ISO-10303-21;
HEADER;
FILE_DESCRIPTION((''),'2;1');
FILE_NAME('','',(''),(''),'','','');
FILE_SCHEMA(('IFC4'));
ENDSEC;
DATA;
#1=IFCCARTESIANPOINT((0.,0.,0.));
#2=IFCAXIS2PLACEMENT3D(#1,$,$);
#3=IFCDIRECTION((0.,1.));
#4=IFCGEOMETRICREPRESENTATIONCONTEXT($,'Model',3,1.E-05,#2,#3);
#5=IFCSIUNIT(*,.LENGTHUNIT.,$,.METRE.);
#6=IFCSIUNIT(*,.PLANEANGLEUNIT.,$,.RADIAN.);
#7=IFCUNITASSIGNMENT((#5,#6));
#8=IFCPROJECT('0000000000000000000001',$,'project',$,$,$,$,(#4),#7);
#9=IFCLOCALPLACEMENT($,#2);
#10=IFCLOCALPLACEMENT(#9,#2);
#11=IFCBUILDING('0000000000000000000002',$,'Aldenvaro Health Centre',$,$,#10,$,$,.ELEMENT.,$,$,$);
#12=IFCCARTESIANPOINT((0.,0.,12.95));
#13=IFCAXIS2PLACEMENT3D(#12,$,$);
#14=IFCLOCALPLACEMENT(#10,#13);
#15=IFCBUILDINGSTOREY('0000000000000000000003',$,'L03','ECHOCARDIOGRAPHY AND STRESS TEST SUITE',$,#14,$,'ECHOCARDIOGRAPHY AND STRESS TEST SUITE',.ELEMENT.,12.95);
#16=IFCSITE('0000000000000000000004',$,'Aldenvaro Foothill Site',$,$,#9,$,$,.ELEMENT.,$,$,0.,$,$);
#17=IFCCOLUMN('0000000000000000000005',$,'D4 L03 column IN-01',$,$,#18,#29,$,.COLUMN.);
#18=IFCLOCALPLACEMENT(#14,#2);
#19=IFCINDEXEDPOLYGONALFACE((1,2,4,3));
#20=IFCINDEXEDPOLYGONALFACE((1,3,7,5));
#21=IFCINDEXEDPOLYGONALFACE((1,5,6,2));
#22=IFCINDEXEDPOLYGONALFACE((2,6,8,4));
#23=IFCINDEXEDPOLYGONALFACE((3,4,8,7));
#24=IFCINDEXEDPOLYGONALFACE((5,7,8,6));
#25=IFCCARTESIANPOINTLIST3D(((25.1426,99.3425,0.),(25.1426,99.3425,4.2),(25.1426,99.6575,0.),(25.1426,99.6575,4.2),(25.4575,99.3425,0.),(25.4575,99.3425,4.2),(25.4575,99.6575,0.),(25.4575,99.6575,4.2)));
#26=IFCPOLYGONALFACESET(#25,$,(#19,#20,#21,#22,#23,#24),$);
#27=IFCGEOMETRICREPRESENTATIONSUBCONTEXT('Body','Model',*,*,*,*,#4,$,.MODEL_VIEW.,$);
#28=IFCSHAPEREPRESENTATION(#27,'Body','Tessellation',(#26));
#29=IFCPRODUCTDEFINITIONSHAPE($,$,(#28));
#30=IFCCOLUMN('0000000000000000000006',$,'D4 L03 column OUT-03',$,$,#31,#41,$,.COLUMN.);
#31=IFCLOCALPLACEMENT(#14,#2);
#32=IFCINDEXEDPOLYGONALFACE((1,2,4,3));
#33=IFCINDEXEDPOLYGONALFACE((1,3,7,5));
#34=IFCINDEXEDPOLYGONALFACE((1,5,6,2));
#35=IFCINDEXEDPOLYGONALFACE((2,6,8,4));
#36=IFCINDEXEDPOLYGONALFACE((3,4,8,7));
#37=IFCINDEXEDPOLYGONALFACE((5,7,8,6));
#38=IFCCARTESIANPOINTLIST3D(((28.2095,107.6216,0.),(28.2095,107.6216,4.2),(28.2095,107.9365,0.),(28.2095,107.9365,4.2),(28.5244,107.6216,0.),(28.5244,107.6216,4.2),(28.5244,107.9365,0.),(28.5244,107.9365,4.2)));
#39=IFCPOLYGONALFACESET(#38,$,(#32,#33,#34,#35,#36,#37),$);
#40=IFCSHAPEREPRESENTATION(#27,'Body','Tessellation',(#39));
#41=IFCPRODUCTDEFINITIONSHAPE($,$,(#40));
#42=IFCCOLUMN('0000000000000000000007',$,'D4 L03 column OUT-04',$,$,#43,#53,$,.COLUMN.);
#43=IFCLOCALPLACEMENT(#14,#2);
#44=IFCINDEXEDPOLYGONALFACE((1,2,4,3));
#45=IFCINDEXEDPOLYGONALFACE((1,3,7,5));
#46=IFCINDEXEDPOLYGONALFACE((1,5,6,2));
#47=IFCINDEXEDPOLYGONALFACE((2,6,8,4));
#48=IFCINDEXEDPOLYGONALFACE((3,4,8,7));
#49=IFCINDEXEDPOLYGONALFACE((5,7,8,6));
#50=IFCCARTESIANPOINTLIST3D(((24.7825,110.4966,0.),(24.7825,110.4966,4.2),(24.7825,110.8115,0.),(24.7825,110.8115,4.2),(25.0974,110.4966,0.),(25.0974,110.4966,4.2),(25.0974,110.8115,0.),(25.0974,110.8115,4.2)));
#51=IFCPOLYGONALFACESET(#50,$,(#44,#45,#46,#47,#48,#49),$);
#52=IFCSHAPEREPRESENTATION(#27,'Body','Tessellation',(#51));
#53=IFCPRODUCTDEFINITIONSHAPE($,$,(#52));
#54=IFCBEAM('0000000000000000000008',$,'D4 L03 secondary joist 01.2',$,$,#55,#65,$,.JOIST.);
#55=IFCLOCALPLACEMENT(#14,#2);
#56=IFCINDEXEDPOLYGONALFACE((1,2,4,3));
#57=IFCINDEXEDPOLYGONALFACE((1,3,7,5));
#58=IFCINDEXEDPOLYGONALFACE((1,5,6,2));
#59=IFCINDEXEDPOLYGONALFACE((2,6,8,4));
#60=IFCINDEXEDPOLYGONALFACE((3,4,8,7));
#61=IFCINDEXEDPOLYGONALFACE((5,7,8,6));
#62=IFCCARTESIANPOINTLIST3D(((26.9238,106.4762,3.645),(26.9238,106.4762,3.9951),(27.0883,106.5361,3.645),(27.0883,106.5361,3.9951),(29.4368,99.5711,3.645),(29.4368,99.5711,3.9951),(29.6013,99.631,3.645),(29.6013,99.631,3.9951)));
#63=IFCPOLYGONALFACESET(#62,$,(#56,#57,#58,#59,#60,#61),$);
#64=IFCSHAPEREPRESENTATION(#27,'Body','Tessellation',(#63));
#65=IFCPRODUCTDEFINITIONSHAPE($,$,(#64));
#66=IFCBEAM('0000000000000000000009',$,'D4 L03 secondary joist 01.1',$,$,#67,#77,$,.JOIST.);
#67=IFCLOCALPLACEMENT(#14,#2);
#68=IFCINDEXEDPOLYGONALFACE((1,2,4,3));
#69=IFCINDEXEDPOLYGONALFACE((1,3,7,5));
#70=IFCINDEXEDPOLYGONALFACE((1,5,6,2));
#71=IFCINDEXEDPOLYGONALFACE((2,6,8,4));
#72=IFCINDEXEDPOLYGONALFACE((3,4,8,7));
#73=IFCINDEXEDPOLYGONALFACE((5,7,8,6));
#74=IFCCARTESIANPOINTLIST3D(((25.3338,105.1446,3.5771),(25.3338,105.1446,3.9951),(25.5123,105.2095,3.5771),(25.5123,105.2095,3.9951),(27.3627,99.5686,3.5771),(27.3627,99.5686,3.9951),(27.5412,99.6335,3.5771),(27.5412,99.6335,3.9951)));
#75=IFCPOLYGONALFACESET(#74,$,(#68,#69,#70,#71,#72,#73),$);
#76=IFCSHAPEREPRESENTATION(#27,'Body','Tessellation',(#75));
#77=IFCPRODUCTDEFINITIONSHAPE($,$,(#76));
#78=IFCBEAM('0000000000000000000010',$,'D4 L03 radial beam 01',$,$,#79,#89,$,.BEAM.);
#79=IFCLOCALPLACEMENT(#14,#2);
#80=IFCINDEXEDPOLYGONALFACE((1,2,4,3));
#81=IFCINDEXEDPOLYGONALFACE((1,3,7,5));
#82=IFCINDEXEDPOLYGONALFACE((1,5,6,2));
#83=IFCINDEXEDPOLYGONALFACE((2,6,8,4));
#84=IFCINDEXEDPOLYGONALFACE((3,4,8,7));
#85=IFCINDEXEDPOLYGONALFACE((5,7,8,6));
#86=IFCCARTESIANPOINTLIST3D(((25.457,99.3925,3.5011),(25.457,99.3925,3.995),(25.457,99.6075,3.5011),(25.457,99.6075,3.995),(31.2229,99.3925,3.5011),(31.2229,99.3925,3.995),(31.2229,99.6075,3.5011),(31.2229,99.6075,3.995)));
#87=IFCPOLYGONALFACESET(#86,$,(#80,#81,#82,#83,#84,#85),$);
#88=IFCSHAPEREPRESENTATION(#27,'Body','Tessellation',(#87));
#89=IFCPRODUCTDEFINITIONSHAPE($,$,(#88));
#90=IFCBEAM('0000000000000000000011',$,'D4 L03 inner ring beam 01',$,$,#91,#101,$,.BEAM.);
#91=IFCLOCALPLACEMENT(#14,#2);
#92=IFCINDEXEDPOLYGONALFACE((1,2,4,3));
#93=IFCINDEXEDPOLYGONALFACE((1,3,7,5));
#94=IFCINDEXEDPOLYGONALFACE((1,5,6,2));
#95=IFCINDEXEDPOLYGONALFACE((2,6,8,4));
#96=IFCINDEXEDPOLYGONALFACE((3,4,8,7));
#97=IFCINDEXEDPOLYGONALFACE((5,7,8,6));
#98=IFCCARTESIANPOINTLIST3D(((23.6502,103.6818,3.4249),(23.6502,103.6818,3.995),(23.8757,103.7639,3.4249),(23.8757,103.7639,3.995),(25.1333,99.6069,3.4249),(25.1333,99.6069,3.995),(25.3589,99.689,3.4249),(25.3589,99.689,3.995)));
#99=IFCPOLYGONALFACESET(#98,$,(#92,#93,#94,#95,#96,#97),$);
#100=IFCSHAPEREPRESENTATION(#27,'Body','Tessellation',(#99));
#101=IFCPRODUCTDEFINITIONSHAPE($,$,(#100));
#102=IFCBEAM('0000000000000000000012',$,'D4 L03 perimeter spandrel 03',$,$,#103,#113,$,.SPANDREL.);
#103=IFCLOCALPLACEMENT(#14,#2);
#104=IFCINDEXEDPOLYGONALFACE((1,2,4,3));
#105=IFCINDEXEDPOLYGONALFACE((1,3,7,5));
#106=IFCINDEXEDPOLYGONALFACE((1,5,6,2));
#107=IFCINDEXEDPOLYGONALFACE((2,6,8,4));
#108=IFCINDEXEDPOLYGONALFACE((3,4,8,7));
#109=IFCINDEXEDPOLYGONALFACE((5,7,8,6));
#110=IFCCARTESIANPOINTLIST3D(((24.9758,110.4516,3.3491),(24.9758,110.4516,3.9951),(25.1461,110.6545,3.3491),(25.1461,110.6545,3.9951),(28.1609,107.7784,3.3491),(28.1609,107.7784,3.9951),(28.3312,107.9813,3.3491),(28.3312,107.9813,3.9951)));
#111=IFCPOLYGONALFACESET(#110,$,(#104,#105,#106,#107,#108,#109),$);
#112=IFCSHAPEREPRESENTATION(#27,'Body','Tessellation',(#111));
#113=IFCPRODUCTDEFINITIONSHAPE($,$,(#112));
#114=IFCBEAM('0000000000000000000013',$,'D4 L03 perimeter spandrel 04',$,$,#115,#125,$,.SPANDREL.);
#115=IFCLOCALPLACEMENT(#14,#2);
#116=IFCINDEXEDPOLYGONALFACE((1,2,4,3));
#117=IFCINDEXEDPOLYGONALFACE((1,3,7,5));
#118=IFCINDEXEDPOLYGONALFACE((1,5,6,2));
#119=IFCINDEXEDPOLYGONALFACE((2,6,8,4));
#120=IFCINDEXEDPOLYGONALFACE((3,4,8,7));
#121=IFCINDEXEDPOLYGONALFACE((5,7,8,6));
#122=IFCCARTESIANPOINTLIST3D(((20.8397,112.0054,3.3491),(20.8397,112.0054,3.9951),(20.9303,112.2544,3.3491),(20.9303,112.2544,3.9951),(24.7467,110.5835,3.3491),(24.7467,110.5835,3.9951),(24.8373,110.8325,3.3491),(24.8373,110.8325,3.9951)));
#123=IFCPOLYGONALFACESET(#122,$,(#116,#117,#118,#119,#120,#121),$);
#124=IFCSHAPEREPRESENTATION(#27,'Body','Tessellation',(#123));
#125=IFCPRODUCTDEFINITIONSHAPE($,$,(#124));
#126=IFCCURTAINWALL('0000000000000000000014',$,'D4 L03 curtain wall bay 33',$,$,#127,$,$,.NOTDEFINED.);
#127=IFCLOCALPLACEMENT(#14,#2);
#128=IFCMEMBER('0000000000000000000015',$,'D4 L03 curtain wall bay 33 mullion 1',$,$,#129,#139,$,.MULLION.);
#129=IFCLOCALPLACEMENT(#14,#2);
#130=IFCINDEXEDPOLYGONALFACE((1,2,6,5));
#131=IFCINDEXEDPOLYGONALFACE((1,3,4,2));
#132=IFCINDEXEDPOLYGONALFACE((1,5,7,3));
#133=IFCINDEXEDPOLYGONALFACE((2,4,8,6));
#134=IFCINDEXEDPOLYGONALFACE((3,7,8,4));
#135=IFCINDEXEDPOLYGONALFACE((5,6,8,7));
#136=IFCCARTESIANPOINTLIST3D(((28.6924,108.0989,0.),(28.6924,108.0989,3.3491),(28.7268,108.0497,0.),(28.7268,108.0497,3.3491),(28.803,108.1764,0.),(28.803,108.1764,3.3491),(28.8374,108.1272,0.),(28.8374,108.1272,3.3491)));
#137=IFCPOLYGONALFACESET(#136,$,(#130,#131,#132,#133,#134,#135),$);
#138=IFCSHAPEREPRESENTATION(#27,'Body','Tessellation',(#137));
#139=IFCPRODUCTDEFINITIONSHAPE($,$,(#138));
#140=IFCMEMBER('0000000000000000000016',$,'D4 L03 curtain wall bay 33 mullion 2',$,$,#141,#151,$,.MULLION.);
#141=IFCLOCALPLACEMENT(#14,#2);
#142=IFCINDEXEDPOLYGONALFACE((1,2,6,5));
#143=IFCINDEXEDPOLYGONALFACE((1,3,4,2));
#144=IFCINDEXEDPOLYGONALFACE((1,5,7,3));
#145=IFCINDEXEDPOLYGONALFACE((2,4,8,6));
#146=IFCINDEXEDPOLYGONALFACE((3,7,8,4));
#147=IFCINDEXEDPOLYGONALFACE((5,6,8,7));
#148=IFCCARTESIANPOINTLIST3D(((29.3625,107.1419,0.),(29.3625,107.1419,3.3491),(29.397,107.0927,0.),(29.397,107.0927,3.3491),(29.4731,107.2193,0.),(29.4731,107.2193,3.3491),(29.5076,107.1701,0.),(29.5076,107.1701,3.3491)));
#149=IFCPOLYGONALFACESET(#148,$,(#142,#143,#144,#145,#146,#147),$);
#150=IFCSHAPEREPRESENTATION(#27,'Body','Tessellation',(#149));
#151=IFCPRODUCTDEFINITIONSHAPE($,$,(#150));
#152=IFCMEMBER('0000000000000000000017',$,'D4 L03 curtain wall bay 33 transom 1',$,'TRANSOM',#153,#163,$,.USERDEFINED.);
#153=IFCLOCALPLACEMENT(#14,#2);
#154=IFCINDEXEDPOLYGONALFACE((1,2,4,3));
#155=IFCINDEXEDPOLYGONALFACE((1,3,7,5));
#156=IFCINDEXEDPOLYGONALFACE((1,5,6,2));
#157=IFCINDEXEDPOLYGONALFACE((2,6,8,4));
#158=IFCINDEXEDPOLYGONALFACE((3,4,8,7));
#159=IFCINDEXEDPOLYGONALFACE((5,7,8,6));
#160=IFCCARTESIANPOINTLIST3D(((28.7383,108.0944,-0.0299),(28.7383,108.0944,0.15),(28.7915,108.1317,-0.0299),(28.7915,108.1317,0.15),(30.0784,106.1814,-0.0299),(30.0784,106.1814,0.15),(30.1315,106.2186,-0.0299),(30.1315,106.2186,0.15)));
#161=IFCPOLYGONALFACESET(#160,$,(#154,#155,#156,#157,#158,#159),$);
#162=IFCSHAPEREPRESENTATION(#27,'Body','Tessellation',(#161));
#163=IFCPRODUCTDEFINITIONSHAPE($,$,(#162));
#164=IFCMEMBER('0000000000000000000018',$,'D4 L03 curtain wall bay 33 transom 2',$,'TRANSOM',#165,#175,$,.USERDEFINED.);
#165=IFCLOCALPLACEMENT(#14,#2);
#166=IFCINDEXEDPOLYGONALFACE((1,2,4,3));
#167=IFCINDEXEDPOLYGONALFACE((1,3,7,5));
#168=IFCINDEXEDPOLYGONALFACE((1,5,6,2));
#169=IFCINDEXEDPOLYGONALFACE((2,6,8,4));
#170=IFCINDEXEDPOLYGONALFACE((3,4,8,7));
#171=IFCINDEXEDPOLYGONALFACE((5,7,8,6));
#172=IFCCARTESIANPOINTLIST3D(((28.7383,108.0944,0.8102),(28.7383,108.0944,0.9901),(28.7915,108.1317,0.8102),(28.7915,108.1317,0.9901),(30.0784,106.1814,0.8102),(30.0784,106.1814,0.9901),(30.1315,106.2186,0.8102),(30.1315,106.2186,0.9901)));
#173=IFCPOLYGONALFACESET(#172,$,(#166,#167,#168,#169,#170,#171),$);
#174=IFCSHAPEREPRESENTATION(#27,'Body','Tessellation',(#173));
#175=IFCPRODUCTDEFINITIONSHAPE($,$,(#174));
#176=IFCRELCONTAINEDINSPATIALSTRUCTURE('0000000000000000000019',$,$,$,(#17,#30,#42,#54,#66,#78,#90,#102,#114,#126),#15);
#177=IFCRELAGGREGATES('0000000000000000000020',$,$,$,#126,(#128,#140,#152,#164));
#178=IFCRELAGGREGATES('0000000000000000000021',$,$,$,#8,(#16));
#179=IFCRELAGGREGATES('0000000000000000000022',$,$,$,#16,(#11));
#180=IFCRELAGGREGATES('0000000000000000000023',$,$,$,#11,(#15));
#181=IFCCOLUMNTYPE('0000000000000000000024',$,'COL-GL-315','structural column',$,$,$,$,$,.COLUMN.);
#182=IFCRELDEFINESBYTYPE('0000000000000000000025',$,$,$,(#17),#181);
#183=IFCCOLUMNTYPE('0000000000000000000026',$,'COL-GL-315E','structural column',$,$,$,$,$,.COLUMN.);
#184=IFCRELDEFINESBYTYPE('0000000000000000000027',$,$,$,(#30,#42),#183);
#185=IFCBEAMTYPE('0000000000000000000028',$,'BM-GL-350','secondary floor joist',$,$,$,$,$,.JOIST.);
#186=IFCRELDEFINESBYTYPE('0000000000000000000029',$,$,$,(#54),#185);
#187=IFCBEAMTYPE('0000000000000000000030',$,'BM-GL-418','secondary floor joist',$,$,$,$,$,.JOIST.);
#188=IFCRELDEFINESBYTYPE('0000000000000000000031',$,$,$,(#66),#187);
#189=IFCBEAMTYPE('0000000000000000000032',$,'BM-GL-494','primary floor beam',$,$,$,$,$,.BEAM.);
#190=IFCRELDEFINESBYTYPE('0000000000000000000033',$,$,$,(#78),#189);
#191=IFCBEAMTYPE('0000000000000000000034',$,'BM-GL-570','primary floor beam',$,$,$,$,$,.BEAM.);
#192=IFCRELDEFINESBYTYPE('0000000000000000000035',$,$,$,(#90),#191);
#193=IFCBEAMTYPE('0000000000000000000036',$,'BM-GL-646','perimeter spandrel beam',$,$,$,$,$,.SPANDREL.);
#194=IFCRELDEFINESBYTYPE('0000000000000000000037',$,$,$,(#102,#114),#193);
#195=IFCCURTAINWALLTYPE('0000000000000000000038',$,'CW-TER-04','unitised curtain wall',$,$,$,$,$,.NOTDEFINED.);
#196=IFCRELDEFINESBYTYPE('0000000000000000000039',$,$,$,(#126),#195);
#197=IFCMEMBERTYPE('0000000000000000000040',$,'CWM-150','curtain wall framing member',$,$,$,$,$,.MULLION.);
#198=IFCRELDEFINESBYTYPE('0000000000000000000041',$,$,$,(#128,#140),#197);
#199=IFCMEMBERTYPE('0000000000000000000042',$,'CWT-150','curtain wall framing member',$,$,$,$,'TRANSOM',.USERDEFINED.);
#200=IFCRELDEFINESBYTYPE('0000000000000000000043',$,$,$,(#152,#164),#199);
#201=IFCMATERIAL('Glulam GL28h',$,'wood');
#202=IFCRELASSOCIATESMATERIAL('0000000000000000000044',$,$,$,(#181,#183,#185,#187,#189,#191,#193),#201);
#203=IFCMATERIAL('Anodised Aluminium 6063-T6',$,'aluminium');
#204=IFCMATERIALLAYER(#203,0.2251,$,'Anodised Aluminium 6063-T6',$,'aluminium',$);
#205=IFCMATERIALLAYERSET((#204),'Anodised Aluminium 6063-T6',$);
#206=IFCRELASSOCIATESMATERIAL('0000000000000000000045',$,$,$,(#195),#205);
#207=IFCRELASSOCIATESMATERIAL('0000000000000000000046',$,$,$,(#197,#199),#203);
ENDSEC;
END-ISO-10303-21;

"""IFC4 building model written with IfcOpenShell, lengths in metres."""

from ifc_helpers import new_model, si_unit, direction, frame, origin, origin_2d, place, context, subcontext, project, spatial, rectangle, extrude, material, layer, layer_set, material_profile, profile_set, type_object, element, aggregate, save


model = new_model("IFC4")

# Units and contexts
model_context = context("Model", 3, precision=1e-05, world=origin(), true_north=direction((0.0, 1.0)))
body_context = subcontext(model_context, "Body", "Model", "MODEL_VIEW")
ifc_project = project(units=[si_unit("LENGTHUNIT", "METRE"), si_unit("PLANEANGLEUNIT", "RADIAN")], contexts=[model_context])

# Site, building, storey
site_placement = place(None, origin())
site = spatial("IfcSite", under=ifc_project, at=site_placement, Name="Aldenvaro Foothill Site", CompositionType="ELEMENT", RefElevation=0.0)
building_placement = place(site_placement, origin())
building = spatial("IfcBuilding", under=site, at=building_placement, Name="Aldenvaro Health Centre", CompositionType="ELEMENT")
storey_placement = place(building_placement, frame((0.0, 0.0, 12.95)))
storey = spatial("IfcBuildingStorey", under=building, at=storey_placement, Name="L03", Description="ECHOCARDIOGRAPHY AND STRESS TEST SUITE", LongName="ECHOCARDIOGRAPHY AND STRESS TEST SUITE", CompositionType="ELEMENT", Elevation=12.95)

# Columns
ifc_material_1 = material(Name="Glulam GL28h", Category="wood")
ifc_material_profile_1 = material_profile(ifc_material_1, rectangle(XDim=0.3149, YDim=0.3149, at=origin_2d()), Name="GL 315x315", Category="wood")
ifc_profile_set_1 = profile_set([ifc_material_profile_1], Name="Glulam GL28h")
column_type_1 = type_object("IfcColumnType", Name="COL-GL-315", Description="structural column", PredefinedType="COLUMN", material=ifc_profile_set_1)
column_placement = place(storey_placement, frame((25.3, 99.5, 0.0), z_axis=(0.0, 0.0, 1.0), x_axis=(1.0, 0.0, 0.0)))
element("IfcColumn", 1, at=column_placement, inside=storey, type_object=column_type_1, Name="D4 L03 column IN-01", PredefinedType="COLUMN", context=body_context, shape_type="SweptSolid", body=[
    extrude(rectangle(XDim=0.3149, YDim=0.3149, at=origin_2d()), origin(), (0.0, 0.0, 1.0), 4.2),
])
ifc_material_profile_2 = material_profile(ifc_material_1, rectangle(XDim=0.3149, YDim=0.3149, at=origin_2d()), Name="GL 315x315", Category="wood")
ifc_profile_set_2 = profile_set([ifc_material_profile_2], Name="Glulam GL28h")
column_type_2 = type_object("IfcColumnType", Name="COL-GL-315E", Description="structural column", PredefinedType="COLUMN", material=ifc_profile_set_2)
for number, where, z_axis, x_axis, name in (
    (2, (28.3669, 107.7791, 0.0), (0.0, 0.0, 1.0), (1.0, 0.0, 0.0), "D4 L03 column OUT-03"),
    (3, (24.9399, 110.6541, 0.0), (0.0, 0.0, 1.0), (1.0, 0.0, 0.0), "D4 L03 column OUT-04"),
):
    element("IfcColumn", number, at=place(storey_placement, frame(where, z_axis=z_axis, x_axis=x_axis)), inside=storey, type_object=column_type_2, Name=name, PredefinedType="COLUMN", context=body_context, shape_type="SweptSolid", body=[
        extrude(rectangle(XDim=0.3149, YDim=0.3149, at=origin_2d()), origin(), (0.0, 0.0, 1.0), 4.2),
    ])

# Beams
ifc_material_profile_3 = material_profile(ifc_material_1, rectangle(XDim=0.175, YDim=0.3501, at=origin_2d()), Name="GL 175x350", Category="wood")
ifc_profile_set_3 = profile_set([ifc_material_profile_3], Name="Glulam GL28h")
beam_type_1 = type_object("IfcBeamType", Name="BM-GL-350", Description="secondary floor joist", PredefinedType="JOIST", material=ifc_profile_set_3)
beam_1_placement = place(storey_placement, frame((29.519, 99.6011, 3.8201), z_axis=(-0.341986, 0.939705, 0.0), x_axis=(-0.939705, -0.341986, 0.0)))
element("IfcBeam", 4, at=beam_1_placement, inside=storey, type_object=beam_type_1, Name="D4 L03 secondary joist 01.2", PredefinedType="JOIST", context=body_context, shape_type="SweptSolid", body=[
    extrude(rectangle(XDim=0.175, YDim=0.3501, at=origin_2d()), origin(), (0.0, 0.0, 1.0), 7.3481),
])
ifc_material_profile_4 = material_profile(ifc_material_1, rectangle(XDim=0.1899, YDim=0.418, at=origin_2d()), Name="GL 190x418", Category="wood")
ifc_profile_set_4 = profile_set([ifc_material_profile_4], Name="Glulam GL28h")
beam_type_2 = type_object("IfcBeamType", Name="BM-GL-418", Description="secondary floor joist", PredefinedType="JOIST", material=ifc_profile_set_4)
beam_2_placement = place(storey_placement, frame((27.4519, 99.6011, 3.7861), z_axis=(-0.341921, 0.939729, 0.0), x_axis=(-0.939729, -0.341921, 0.0)))
element("IfcBeam", 5, at=beam_2_placement, inside=storey, type_object=beam_type_2, Name="D4 L03 secondary joist 01.1", PredefinedType="JOIST", context=body_context, shape_type="SweptSolid", body=[
    extrude(rectangle(XDim=0.1899, YDim=0.418, at=origin_2d()), origin(), (0.0, 0.0, 1.0), 5.9336),
])
ifc_material_profile_5 = material_profile(ifc_material_1, rectangle(XDim=0.2151, YDim=0.4939, at=origin_2d()), Name="GL 215x494", Category="wood")
ifc_profile_set_5 = profile_set([ifc_material_profile_5], Name="Glulam GL28h")
beam_type_3 = type_object("IfcBeamType", Name="BM-GL-494", Description="primary floor beam", PredefinedType="BEAM", material=ifc_profile_set_5)
beam_3_placement = place(storey_placement, frame((25.457, 99.5, 3.748), z_axis=(1.0, 0.0, 0.0), x_axis=(0.0, 1.0, 0.0)))
element("IfcBeam", 6, at=beam_3_placement, inside=storey, type_object=beam_type_3, Name="D4 L03 radial beam 01", PredefinedType="BEAM", context=body_context, shape_type="SweptSolid", body=[
    extrude(rectangle(XDim=0.2151, YDim=0.4939, at=origin_2d()), origin(), (0.0, 0.0, 1.0), 5.7659),
])
ifc_material_profile_6 = material_profile(ifc_material_1, rectangle(XDim=0.24, YDim=0.5701, at=origin_2d()), Name="GL 240x570", Category="wood")
ifc_profile_set_6 = profile_set([ifc_material_profile_6], Name="Glulam GL28h")
beam_type_4 = type_object("IfcBeamType", Name="BM-GL-570", Description="primary floor beam", PredefinedType="BEAM", material=ifc_profile_set_6)
beam_4_placement = place(storey_placement, frame((25.2461, 99.6479, 3.71), z_axis=(-0.342019, 0.939693, 0.0), x_axis=(-0.939693, -0.342019, 0.0)))
element("IfcBeam", 7, at=beam_4_placement, inside=storey, type_object=beam_type_4, Name="D4 L03 inner ring beam 01", PredefinedType="BEAM", context=body_context, shape_type="SweptSolid", body=[
    extrude(rectangle(XDim=0.24, YDim=0.5701, at=origin_2d()), origin(), (0.0, 0.0, 1.0), 4.3364),
])
ifc_material_profile_7 = material_profile(ifc_material_1, rectangle(XDim=0.2649, YDim=0.646, at=origin_2d()), Name="GL 265x646", Category="wood")
ifc_profile_set_7 = profile_set([ifc_material_profile_7], Name="Glulam GL28h")
beam_type_5 = type_object("IfcBeamType", Name="BM-GL-646", Description="perimeter spandrel beam", PredefinedType="SPANDREL", material=ifc_profile_set_7)
beam_5_placement = place(storey_placement, frame((28.2461, 107.8799, 3.6721), z_axis=(-0.765984, 0.64286, 0.0), x_axis=(-0.64286, -0.765984, 0.0)))
element("IfcBeam", 8, at=beam_5_placement, inside=storey, type_object=beam_type_5, Name="D4 L03 perimeter spandrel 03", PredefinedType="SPANDREL", context=body_context, shape_type="SweptSolid", body=[
    extrude(rectangle(XDim=0.2649, YDim=0.646, at=origin_2d()), origin(), (0.0, 0.0, 1.0), 4.1582),
])
beam_6_placement = place(storey_placement, frame((24.792, 110.708, 3.6721), z_axis=(-0.939704, 0.341988, 0.0), x_axis=(-0.341988, -0.939704, 0.0)))
element("IfcBeam", 9, at=beam_6_placement, inside=storey, type_object=beam_type_5, Name="D4 L03 perimeter spandrel 04", PredefinedType="SPANDREL", context=body_context, shape_type="SweptSolid", body=[
    extrude(rectangle(XDim=0.2649, YDim=0.646, at=origin_2d()), origin(), (0.0, 0.0, 1.0), 4.1577),
])

# Curtain wall, members
ifc_material_2 = material(Name="Anodised Aluminium 6063-T6", Category="aluminium")
ifc_layer_1 = layer(ifc_material_2, 0.2251, Name="Anodised Aluminium 6063-T6", Category="aluminium")
ifc_layer_set_1 = layer_set([ifc_layer_1], Name="Anodised Aluminium 6063-T6")
curtain_wall_type = type_object("IfcCurtainWallType", Name="CW-TER-04", Description="unitised curtain wall", PredefinedType="NOTDEFINED", material=ifc_layer_set_1)
curtain_wall_placement = place(storey_placement, origin())
curtain_wall = element("IfcCurtainWall", 10, at=curtain_wall_placement, inside=storey, type_object=curtain_wall_type, Name="D4 L03 curtain wall bay 33", PredefinedType="NOTDEFINED")
ifc_material_profile_8 = material_profile(ifc_material_2, rectangle(XDim=0.0601, YDim=0.135, at=origin_2d()), Name="ALU 60x135", Category="aluminium")
ifc_profile_set_8 = profile_set([ifc_material_profile_8], Name="Anodised Aluminium 6063-T6")
member_type_1 = type_object("IfcMemberType", Name="CWM-150", Description="curtain wall framing member", PredefinedType="MULLION", material=ifc_profile_set_8)
member_1_placement = place(storey_placement, frame((28.7649, 108.113, 0.0), z_axis=(0.0, 0.0, 1.0), x_axis=(0.573721, -0.819051, 0.0)))
member_1 = element("IfcMember", 11, at=member_1_placement, type_object=member_type_1, Name="D4 L03 curtain wall bay 33 mullion 1", PredefinedType="MULLION", context=body_context, shape_type="SweptSolid", body=[
    extrude(rectangle(XDim=0.0601, YDim=0.135, at=origin_2d()), origin(), (0.0, 0.0, 1.0), 3.3491),
])
member_2_placement = place(storey_placement, frame((29.4351, 107.156, 0.0), z_axis=(0.0, 0.0, 1.0), x_axis=(0.573721, -0.819051, 0.0)))
member_2 = element("IfcMember", 12, at=member_2_placement, type_object=member_type_1, Name="D4 L03 curtain wall bay 33 mullion 2", PredefinedType="MULLION", context=body_context, shape_type="SweptSolid", body=[
    extrude(rectangle(XDim=0.0601, YDim=0.135, at=origin_2d()), origin(), (0.0, 0.0, 1.0), 3.3491),
])
ifc_material_profile_9 = material_profile(ifc_material_2, rectangle(XDim=0.0649, YDim=0.1799, at=origin_2d()), Name="ALU 65x180", Category="aluminium")
ifc_profile_set_9 = profile_set([ifc_material_profile_9], Name="Anodised Aluminium 6063-T6")
member_type_2 = type_object("IfcMemberType", Name="CWT-150", Description="curtain wall framing member", ElementType="TRANSOM", PredefinedType="USERDEFINED", material=ifc_profile_set_9)
member_3_placement = place(storey_placement, frame((28.7649, 108.113, 0.0601), z_axis=(0.573729, -0.819045, 0.0), x_axis=(0.819045, 0.573729, 0.0)))
member_3 = element("IfcMember", 13, at=member_3_placement, type_object=member_type_2, Name="D4 L03 curtain wall bay 33 transom 1", ObjectType="TRANSOM", PredefinedType="USERDEFINED", context=body_context, shape_type="SweptSolid", body=[
    extrude(rectangle(XDim=0.0649, YDim=0.1799, at=origin_2d()), origin(), (0.0, 0.0, 1.0), 2.3357),
])
member_4_placement = place(storey_placement, frame((28.7649, 108.113, 0.9001), z_axis=(0.573729, -0.819045, 0.0), x_axis=(0.819045, 0.573729, 0.0)))
member_4 = element("IfcMember", 14, at=member_4_placement, type_object=member_type_2, Name="D4 L03 curtain wall bay 33 transom 2", ObjectType="TRANSOM", PredefinedType="USERDEFINED", context=body_context, shape_type="SweptSolid", body=[
    extrude(rectangle(XDim=0.0649, YDim=0.1799, at=origin_2d()), origin(), (0.0, 0.0, 1.0), 2.3357),
])
aggregate(curtain_wall, [member_1, member_2, member_3, member_4])

save(model, "model.ifc")
